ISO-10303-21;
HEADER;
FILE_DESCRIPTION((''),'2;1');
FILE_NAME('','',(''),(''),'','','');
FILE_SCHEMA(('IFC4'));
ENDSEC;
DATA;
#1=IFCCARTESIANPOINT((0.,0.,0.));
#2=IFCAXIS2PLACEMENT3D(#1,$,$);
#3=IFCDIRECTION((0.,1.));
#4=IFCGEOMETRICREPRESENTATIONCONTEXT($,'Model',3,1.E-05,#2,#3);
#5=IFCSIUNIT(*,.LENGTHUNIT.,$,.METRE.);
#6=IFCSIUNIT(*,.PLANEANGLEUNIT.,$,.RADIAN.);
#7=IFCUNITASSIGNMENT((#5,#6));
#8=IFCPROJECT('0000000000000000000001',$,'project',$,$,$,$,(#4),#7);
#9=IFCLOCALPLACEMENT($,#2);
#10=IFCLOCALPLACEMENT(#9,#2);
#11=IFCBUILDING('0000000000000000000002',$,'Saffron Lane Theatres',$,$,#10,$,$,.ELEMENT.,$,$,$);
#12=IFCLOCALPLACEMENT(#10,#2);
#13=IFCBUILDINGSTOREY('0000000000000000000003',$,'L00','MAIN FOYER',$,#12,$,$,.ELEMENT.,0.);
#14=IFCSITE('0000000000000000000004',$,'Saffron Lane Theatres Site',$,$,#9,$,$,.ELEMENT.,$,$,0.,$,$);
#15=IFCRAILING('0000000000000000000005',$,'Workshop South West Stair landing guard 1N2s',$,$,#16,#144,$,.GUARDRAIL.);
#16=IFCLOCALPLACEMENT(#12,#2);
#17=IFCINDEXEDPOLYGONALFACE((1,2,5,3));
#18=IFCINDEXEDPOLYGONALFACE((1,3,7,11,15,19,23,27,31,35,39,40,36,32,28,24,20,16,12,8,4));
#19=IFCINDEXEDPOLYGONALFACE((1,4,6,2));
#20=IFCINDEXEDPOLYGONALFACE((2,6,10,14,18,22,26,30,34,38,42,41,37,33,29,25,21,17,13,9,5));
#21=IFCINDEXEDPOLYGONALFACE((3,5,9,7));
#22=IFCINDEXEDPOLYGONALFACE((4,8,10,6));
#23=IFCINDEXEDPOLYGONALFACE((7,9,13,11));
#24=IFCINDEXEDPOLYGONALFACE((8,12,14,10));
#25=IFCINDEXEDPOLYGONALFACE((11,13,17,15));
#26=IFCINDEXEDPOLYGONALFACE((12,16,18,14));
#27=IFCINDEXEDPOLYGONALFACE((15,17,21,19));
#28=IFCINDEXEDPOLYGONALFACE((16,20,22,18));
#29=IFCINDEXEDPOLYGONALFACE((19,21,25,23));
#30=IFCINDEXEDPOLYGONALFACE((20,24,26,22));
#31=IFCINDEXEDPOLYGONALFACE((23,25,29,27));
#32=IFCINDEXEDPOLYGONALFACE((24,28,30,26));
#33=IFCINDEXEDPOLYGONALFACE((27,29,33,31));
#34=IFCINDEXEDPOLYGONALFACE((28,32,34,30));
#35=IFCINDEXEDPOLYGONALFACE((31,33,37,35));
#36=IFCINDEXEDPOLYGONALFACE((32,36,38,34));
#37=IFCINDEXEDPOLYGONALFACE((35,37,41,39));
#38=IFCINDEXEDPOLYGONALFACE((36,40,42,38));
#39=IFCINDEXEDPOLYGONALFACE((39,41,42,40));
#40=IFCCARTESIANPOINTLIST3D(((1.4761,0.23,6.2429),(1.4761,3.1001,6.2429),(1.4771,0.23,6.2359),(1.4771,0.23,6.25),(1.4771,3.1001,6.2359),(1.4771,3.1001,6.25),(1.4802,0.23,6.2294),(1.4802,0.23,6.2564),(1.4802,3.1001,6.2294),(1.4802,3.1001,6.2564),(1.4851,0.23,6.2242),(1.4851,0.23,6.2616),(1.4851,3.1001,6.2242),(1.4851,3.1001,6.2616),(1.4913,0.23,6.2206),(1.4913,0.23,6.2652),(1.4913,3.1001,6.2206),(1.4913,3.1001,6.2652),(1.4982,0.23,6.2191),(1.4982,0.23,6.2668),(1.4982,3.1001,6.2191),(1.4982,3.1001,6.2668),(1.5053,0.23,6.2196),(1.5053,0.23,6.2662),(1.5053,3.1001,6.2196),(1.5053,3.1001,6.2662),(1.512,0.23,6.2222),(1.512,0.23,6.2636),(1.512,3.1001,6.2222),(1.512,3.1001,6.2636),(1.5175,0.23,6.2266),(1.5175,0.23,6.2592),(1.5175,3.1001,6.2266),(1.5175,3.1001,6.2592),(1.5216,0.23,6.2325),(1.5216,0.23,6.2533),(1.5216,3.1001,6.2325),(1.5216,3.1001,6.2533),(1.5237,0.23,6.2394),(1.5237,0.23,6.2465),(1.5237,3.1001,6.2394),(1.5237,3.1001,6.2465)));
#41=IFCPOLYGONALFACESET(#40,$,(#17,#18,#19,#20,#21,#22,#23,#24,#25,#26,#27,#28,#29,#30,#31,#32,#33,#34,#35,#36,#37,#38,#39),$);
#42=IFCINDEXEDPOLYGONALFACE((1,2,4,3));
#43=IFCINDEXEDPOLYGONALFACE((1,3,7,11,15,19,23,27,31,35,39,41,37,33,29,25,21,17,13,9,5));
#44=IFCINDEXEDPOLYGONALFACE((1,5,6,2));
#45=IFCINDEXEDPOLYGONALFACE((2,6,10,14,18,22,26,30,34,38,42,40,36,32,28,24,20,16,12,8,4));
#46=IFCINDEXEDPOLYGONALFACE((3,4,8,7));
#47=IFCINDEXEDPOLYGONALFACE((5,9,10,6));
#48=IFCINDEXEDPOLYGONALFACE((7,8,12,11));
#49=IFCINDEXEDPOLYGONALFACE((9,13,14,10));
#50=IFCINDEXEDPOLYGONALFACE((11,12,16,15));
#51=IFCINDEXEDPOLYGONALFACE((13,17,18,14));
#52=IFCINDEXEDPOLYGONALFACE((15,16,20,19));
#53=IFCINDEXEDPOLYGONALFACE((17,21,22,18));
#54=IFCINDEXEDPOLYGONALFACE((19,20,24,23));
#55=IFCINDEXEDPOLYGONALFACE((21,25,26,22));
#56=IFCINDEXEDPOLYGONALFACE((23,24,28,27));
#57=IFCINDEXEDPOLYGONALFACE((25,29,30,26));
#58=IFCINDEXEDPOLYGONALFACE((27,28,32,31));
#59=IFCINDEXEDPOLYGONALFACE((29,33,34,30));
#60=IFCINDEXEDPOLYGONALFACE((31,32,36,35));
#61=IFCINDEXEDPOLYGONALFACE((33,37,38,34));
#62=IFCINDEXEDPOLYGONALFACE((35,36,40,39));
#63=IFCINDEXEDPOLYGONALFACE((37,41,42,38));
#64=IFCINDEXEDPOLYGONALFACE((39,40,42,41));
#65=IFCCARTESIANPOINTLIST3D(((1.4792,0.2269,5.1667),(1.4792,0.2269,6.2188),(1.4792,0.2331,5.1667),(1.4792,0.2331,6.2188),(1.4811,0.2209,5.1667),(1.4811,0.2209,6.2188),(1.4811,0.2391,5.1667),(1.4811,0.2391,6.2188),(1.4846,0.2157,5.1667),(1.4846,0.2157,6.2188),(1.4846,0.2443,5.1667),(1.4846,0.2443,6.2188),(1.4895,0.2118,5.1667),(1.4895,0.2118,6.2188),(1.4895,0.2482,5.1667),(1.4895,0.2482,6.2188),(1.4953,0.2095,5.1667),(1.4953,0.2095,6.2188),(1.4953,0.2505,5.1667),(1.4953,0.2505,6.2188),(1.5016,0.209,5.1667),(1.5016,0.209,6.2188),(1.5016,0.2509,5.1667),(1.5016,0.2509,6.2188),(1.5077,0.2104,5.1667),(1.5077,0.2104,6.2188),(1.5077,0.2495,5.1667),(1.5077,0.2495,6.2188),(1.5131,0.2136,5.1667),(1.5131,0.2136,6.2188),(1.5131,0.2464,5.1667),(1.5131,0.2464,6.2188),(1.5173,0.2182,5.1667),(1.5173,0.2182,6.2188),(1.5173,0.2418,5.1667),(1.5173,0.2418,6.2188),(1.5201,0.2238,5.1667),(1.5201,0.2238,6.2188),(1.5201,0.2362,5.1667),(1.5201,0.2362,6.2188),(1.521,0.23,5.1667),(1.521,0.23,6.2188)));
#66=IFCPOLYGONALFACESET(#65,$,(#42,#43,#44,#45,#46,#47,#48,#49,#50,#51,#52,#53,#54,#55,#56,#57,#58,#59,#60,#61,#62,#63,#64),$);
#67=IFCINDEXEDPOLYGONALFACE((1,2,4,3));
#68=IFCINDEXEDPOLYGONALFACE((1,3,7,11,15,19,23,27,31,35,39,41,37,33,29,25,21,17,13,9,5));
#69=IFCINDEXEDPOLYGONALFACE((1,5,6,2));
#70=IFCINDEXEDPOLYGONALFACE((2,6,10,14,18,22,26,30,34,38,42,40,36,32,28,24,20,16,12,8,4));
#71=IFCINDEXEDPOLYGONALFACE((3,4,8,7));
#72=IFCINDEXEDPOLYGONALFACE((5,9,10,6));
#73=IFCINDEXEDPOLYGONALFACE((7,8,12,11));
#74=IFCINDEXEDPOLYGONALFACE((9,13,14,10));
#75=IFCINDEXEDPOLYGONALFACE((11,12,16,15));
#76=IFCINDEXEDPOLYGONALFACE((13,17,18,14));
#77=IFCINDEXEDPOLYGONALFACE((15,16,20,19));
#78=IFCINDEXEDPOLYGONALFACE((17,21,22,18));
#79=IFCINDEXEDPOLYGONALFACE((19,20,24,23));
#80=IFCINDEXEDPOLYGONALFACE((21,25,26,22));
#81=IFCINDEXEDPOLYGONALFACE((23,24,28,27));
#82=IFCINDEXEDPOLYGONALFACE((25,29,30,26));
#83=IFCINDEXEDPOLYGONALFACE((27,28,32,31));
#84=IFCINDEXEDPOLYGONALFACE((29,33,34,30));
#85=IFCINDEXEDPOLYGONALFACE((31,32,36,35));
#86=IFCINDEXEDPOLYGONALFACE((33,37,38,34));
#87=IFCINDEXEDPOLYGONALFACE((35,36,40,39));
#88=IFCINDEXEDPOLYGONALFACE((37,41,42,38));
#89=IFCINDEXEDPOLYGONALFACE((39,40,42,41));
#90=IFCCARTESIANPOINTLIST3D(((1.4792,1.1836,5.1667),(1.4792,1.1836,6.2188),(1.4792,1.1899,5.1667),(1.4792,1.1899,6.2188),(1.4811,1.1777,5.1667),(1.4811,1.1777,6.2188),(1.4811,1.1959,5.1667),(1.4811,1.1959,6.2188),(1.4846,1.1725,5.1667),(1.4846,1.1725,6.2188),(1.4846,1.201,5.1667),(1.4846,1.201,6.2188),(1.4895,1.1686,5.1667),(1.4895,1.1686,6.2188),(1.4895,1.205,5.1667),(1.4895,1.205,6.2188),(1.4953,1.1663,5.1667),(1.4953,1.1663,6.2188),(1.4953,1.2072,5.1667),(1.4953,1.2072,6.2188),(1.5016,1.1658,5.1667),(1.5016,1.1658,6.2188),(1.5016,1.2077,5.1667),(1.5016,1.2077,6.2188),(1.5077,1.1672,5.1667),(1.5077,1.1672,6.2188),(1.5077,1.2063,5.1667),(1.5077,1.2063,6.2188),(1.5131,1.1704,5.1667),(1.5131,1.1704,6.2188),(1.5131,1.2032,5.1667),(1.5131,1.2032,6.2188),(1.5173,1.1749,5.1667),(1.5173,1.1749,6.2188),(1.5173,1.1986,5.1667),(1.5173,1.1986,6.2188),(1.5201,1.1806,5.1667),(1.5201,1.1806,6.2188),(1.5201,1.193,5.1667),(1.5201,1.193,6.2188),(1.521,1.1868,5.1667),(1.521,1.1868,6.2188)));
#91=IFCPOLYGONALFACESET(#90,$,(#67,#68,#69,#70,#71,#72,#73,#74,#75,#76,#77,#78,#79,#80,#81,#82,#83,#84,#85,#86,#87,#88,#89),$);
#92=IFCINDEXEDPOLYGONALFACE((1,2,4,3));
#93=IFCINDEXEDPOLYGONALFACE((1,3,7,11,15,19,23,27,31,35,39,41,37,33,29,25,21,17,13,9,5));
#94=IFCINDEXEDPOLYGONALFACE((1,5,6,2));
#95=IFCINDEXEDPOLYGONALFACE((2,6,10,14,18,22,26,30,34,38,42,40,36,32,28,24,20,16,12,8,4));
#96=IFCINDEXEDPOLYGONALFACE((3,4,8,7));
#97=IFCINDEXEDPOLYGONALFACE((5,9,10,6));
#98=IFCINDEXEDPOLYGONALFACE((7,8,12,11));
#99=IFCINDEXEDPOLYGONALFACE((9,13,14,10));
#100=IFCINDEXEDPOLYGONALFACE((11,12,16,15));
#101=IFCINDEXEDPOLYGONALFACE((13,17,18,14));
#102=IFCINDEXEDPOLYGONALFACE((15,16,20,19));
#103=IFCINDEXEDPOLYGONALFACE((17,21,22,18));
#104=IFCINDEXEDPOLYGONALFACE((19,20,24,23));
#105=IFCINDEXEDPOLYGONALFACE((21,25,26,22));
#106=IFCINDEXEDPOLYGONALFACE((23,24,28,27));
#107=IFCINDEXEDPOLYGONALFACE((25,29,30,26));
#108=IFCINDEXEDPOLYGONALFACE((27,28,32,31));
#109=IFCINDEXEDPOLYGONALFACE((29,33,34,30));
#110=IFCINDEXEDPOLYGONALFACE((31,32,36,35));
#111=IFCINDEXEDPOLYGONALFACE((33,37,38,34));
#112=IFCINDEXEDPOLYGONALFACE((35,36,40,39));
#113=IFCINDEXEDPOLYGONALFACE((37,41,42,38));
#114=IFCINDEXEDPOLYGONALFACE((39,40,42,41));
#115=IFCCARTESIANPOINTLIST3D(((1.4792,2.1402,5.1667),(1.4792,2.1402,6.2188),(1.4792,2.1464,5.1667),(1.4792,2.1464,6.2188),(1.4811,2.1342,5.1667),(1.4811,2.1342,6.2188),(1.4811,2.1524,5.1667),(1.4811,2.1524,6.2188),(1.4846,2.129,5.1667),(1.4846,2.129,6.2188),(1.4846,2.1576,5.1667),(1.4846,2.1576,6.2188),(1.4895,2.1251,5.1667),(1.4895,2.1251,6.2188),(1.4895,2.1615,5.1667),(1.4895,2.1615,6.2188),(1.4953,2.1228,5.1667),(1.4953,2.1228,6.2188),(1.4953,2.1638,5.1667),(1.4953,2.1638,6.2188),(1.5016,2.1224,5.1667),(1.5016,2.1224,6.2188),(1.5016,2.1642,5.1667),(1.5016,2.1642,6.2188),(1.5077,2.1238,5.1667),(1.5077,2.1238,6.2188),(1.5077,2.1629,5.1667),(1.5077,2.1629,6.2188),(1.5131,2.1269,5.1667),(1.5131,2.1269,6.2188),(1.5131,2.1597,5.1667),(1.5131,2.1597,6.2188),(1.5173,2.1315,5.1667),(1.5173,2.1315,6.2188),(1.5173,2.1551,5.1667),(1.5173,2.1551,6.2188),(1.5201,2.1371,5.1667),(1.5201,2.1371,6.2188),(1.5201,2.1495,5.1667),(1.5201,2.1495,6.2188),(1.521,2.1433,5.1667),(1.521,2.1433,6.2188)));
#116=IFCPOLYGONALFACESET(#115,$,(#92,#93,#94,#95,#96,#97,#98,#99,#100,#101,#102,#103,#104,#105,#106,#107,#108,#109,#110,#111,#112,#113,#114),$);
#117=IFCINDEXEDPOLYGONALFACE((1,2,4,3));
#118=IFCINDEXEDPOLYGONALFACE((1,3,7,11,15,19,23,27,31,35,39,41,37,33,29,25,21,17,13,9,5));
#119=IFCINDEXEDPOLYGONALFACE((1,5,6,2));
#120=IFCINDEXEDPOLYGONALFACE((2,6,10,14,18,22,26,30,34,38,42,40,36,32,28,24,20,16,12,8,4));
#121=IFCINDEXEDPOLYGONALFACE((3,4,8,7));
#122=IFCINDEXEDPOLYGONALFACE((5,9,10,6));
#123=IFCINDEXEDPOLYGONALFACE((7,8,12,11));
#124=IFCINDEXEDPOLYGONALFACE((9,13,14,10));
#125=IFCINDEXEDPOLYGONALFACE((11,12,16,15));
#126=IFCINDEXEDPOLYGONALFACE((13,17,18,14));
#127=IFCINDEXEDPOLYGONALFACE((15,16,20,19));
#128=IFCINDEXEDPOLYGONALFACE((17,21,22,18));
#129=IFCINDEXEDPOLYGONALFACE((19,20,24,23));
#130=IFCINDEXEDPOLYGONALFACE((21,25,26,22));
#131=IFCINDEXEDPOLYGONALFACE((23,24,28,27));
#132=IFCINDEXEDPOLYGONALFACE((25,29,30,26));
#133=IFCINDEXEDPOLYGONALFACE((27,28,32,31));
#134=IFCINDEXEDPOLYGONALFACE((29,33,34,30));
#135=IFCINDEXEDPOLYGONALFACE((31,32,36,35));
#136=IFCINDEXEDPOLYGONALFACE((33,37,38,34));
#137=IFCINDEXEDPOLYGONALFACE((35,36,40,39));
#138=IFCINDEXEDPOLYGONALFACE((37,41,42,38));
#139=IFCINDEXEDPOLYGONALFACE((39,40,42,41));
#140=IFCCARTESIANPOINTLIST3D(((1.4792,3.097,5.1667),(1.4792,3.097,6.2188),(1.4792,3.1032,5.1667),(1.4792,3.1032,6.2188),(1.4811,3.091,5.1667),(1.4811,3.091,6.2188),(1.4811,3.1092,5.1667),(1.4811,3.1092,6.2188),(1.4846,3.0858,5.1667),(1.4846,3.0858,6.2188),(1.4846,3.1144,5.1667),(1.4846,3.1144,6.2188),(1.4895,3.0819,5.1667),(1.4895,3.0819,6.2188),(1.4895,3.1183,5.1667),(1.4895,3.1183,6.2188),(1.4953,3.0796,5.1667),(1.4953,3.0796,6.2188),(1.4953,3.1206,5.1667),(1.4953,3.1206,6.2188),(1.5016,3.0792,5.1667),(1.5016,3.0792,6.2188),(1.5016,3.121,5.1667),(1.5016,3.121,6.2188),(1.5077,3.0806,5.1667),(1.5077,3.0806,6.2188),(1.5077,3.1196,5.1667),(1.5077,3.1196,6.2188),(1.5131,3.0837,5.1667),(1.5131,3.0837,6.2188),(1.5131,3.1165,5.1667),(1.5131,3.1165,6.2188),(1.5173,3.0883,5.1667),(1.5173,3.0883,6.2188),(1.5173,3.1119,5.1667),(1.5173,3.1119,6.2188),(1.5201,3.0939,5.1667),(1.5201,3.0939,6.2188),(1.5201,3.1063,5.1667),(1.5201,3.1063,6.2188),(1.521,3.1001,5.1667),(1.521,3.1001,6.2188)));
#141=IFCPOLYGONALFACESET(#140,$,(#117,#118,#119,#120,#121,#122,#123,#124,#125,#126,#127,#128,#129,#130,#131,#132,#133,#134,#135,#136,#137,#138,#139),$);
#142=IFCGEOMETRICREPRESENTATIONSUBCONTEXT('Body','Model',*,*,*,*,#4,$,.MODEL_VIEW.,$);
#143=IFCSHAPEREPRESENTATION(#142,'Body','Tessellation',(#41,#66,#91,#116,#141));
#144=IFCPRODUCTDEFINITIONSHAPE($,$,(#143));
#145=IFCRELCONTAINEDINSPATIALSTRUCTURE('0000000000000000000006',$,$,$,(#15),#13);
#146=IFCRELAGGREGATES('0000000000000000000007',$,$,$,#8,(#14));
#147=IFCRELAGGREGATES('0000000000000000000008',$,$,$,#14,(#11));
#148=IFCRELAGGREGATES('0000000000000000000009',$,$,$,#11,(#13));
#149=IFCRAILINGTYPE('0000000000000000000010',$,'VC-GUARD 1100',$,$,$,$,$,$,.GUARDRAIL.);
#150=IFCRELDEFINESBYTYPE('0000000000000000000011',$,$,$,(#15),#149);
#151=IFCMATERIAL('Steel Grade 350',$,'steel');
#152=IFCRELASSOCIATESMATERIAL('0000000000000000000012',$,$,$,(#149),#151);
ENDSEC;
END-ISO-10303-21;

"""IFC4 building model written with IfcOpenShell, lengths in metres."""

from ifc_helpers import new_model, si_unit, direction, frame, origin, origin_2d, place, context, subcontext, project, spatial, circle, extrude, material, type_object, element, save


model = new_model("IFC4")

# Units and contexts
model_context = context("Model", 3, precision=1e-05, world=origin(), true_north=direction((0.0, 1.0)))
body_context = subcontext(model_context, "Body", "Model", "MODEL_VIEW")
ifc_project = project(units=[si_unit("LENGTHUNIT", "METRE"), si_unit("PLANEANGLEUNIT", "RADIAN")], contexts=[model_context])

# Site, building, storey
site_placement = place(None, origin())
site = spatial("IfcSite", under=ifc_project, at=site_placement, Name="Saffron Lane Theatres Site", CompositionType="ELEMENT", RefElevation=0.0)
building_placement = place(site_placement, origin())
building = spatial("IfcBuilding", under=site, at=building_placement, Name="Saffron Lane Theatres", CompositionType="ELEMENT")
storey_placement = place(building_placement, origin())
storey = spatial("IfcBuildingStorey", under=building, at=storey_placement, Name="L00", Description="MAIN FOYER", CompositionType="ELEMENT", Elevation=0.0)

# Railing
ifc_material_1 = material(Name="Steel Grade 350", Category="steel")
railing_type_1 = type_object("IfcRailingType", Name="VC-GUARD 1100", PredefinedType="GUARDRAIL", material=ifc_material_1)
railing_1_placement = place(storey_placement, frame((1.5, 0.23, 5.1667)))
element("IfcRailing", 1, at=railing_1_placement, inside=storey, type_object=railing_type_1, Name="Workshop South West Stair landing guard 1N2s", PredefinedType="GUARDRAIL", context=body_context, shape_type="SweptSolid", body=[
    extrude(circle(Radius=0.0239, at=origin_2d()), frame((0.0, 0.0, 1.0762), z_axis=(0.0, 1.0, 0.0), x_axis=(-1.0, 0.0, 0.0)), (0.0, 0.0, 1.0), 2.8701),
    extrude(circle(Radius=0.021, at=origin_2d()), origin(), (0.0, 0.0, 1.0), 1.052),
    extrude(circle(Radius=0.021, at=origin_2d()), frame((0.0, 0.9568, 0.0)), (0.0, 0.0, 1.0), 1.052),
    extrude(circle(Radius=0.021, at=origin_2d()), frame((0.0, 1.9133, 0.0)), (0.0, 0.0, 1.0), 1.052),
    extrude(circle(Radius=0.021, at=origin_2d()), frame((0.0, 2.8701, 0.0)), (0.0, 0.0, 1.0), 1.052),
])

save(model, "model.ifc")
